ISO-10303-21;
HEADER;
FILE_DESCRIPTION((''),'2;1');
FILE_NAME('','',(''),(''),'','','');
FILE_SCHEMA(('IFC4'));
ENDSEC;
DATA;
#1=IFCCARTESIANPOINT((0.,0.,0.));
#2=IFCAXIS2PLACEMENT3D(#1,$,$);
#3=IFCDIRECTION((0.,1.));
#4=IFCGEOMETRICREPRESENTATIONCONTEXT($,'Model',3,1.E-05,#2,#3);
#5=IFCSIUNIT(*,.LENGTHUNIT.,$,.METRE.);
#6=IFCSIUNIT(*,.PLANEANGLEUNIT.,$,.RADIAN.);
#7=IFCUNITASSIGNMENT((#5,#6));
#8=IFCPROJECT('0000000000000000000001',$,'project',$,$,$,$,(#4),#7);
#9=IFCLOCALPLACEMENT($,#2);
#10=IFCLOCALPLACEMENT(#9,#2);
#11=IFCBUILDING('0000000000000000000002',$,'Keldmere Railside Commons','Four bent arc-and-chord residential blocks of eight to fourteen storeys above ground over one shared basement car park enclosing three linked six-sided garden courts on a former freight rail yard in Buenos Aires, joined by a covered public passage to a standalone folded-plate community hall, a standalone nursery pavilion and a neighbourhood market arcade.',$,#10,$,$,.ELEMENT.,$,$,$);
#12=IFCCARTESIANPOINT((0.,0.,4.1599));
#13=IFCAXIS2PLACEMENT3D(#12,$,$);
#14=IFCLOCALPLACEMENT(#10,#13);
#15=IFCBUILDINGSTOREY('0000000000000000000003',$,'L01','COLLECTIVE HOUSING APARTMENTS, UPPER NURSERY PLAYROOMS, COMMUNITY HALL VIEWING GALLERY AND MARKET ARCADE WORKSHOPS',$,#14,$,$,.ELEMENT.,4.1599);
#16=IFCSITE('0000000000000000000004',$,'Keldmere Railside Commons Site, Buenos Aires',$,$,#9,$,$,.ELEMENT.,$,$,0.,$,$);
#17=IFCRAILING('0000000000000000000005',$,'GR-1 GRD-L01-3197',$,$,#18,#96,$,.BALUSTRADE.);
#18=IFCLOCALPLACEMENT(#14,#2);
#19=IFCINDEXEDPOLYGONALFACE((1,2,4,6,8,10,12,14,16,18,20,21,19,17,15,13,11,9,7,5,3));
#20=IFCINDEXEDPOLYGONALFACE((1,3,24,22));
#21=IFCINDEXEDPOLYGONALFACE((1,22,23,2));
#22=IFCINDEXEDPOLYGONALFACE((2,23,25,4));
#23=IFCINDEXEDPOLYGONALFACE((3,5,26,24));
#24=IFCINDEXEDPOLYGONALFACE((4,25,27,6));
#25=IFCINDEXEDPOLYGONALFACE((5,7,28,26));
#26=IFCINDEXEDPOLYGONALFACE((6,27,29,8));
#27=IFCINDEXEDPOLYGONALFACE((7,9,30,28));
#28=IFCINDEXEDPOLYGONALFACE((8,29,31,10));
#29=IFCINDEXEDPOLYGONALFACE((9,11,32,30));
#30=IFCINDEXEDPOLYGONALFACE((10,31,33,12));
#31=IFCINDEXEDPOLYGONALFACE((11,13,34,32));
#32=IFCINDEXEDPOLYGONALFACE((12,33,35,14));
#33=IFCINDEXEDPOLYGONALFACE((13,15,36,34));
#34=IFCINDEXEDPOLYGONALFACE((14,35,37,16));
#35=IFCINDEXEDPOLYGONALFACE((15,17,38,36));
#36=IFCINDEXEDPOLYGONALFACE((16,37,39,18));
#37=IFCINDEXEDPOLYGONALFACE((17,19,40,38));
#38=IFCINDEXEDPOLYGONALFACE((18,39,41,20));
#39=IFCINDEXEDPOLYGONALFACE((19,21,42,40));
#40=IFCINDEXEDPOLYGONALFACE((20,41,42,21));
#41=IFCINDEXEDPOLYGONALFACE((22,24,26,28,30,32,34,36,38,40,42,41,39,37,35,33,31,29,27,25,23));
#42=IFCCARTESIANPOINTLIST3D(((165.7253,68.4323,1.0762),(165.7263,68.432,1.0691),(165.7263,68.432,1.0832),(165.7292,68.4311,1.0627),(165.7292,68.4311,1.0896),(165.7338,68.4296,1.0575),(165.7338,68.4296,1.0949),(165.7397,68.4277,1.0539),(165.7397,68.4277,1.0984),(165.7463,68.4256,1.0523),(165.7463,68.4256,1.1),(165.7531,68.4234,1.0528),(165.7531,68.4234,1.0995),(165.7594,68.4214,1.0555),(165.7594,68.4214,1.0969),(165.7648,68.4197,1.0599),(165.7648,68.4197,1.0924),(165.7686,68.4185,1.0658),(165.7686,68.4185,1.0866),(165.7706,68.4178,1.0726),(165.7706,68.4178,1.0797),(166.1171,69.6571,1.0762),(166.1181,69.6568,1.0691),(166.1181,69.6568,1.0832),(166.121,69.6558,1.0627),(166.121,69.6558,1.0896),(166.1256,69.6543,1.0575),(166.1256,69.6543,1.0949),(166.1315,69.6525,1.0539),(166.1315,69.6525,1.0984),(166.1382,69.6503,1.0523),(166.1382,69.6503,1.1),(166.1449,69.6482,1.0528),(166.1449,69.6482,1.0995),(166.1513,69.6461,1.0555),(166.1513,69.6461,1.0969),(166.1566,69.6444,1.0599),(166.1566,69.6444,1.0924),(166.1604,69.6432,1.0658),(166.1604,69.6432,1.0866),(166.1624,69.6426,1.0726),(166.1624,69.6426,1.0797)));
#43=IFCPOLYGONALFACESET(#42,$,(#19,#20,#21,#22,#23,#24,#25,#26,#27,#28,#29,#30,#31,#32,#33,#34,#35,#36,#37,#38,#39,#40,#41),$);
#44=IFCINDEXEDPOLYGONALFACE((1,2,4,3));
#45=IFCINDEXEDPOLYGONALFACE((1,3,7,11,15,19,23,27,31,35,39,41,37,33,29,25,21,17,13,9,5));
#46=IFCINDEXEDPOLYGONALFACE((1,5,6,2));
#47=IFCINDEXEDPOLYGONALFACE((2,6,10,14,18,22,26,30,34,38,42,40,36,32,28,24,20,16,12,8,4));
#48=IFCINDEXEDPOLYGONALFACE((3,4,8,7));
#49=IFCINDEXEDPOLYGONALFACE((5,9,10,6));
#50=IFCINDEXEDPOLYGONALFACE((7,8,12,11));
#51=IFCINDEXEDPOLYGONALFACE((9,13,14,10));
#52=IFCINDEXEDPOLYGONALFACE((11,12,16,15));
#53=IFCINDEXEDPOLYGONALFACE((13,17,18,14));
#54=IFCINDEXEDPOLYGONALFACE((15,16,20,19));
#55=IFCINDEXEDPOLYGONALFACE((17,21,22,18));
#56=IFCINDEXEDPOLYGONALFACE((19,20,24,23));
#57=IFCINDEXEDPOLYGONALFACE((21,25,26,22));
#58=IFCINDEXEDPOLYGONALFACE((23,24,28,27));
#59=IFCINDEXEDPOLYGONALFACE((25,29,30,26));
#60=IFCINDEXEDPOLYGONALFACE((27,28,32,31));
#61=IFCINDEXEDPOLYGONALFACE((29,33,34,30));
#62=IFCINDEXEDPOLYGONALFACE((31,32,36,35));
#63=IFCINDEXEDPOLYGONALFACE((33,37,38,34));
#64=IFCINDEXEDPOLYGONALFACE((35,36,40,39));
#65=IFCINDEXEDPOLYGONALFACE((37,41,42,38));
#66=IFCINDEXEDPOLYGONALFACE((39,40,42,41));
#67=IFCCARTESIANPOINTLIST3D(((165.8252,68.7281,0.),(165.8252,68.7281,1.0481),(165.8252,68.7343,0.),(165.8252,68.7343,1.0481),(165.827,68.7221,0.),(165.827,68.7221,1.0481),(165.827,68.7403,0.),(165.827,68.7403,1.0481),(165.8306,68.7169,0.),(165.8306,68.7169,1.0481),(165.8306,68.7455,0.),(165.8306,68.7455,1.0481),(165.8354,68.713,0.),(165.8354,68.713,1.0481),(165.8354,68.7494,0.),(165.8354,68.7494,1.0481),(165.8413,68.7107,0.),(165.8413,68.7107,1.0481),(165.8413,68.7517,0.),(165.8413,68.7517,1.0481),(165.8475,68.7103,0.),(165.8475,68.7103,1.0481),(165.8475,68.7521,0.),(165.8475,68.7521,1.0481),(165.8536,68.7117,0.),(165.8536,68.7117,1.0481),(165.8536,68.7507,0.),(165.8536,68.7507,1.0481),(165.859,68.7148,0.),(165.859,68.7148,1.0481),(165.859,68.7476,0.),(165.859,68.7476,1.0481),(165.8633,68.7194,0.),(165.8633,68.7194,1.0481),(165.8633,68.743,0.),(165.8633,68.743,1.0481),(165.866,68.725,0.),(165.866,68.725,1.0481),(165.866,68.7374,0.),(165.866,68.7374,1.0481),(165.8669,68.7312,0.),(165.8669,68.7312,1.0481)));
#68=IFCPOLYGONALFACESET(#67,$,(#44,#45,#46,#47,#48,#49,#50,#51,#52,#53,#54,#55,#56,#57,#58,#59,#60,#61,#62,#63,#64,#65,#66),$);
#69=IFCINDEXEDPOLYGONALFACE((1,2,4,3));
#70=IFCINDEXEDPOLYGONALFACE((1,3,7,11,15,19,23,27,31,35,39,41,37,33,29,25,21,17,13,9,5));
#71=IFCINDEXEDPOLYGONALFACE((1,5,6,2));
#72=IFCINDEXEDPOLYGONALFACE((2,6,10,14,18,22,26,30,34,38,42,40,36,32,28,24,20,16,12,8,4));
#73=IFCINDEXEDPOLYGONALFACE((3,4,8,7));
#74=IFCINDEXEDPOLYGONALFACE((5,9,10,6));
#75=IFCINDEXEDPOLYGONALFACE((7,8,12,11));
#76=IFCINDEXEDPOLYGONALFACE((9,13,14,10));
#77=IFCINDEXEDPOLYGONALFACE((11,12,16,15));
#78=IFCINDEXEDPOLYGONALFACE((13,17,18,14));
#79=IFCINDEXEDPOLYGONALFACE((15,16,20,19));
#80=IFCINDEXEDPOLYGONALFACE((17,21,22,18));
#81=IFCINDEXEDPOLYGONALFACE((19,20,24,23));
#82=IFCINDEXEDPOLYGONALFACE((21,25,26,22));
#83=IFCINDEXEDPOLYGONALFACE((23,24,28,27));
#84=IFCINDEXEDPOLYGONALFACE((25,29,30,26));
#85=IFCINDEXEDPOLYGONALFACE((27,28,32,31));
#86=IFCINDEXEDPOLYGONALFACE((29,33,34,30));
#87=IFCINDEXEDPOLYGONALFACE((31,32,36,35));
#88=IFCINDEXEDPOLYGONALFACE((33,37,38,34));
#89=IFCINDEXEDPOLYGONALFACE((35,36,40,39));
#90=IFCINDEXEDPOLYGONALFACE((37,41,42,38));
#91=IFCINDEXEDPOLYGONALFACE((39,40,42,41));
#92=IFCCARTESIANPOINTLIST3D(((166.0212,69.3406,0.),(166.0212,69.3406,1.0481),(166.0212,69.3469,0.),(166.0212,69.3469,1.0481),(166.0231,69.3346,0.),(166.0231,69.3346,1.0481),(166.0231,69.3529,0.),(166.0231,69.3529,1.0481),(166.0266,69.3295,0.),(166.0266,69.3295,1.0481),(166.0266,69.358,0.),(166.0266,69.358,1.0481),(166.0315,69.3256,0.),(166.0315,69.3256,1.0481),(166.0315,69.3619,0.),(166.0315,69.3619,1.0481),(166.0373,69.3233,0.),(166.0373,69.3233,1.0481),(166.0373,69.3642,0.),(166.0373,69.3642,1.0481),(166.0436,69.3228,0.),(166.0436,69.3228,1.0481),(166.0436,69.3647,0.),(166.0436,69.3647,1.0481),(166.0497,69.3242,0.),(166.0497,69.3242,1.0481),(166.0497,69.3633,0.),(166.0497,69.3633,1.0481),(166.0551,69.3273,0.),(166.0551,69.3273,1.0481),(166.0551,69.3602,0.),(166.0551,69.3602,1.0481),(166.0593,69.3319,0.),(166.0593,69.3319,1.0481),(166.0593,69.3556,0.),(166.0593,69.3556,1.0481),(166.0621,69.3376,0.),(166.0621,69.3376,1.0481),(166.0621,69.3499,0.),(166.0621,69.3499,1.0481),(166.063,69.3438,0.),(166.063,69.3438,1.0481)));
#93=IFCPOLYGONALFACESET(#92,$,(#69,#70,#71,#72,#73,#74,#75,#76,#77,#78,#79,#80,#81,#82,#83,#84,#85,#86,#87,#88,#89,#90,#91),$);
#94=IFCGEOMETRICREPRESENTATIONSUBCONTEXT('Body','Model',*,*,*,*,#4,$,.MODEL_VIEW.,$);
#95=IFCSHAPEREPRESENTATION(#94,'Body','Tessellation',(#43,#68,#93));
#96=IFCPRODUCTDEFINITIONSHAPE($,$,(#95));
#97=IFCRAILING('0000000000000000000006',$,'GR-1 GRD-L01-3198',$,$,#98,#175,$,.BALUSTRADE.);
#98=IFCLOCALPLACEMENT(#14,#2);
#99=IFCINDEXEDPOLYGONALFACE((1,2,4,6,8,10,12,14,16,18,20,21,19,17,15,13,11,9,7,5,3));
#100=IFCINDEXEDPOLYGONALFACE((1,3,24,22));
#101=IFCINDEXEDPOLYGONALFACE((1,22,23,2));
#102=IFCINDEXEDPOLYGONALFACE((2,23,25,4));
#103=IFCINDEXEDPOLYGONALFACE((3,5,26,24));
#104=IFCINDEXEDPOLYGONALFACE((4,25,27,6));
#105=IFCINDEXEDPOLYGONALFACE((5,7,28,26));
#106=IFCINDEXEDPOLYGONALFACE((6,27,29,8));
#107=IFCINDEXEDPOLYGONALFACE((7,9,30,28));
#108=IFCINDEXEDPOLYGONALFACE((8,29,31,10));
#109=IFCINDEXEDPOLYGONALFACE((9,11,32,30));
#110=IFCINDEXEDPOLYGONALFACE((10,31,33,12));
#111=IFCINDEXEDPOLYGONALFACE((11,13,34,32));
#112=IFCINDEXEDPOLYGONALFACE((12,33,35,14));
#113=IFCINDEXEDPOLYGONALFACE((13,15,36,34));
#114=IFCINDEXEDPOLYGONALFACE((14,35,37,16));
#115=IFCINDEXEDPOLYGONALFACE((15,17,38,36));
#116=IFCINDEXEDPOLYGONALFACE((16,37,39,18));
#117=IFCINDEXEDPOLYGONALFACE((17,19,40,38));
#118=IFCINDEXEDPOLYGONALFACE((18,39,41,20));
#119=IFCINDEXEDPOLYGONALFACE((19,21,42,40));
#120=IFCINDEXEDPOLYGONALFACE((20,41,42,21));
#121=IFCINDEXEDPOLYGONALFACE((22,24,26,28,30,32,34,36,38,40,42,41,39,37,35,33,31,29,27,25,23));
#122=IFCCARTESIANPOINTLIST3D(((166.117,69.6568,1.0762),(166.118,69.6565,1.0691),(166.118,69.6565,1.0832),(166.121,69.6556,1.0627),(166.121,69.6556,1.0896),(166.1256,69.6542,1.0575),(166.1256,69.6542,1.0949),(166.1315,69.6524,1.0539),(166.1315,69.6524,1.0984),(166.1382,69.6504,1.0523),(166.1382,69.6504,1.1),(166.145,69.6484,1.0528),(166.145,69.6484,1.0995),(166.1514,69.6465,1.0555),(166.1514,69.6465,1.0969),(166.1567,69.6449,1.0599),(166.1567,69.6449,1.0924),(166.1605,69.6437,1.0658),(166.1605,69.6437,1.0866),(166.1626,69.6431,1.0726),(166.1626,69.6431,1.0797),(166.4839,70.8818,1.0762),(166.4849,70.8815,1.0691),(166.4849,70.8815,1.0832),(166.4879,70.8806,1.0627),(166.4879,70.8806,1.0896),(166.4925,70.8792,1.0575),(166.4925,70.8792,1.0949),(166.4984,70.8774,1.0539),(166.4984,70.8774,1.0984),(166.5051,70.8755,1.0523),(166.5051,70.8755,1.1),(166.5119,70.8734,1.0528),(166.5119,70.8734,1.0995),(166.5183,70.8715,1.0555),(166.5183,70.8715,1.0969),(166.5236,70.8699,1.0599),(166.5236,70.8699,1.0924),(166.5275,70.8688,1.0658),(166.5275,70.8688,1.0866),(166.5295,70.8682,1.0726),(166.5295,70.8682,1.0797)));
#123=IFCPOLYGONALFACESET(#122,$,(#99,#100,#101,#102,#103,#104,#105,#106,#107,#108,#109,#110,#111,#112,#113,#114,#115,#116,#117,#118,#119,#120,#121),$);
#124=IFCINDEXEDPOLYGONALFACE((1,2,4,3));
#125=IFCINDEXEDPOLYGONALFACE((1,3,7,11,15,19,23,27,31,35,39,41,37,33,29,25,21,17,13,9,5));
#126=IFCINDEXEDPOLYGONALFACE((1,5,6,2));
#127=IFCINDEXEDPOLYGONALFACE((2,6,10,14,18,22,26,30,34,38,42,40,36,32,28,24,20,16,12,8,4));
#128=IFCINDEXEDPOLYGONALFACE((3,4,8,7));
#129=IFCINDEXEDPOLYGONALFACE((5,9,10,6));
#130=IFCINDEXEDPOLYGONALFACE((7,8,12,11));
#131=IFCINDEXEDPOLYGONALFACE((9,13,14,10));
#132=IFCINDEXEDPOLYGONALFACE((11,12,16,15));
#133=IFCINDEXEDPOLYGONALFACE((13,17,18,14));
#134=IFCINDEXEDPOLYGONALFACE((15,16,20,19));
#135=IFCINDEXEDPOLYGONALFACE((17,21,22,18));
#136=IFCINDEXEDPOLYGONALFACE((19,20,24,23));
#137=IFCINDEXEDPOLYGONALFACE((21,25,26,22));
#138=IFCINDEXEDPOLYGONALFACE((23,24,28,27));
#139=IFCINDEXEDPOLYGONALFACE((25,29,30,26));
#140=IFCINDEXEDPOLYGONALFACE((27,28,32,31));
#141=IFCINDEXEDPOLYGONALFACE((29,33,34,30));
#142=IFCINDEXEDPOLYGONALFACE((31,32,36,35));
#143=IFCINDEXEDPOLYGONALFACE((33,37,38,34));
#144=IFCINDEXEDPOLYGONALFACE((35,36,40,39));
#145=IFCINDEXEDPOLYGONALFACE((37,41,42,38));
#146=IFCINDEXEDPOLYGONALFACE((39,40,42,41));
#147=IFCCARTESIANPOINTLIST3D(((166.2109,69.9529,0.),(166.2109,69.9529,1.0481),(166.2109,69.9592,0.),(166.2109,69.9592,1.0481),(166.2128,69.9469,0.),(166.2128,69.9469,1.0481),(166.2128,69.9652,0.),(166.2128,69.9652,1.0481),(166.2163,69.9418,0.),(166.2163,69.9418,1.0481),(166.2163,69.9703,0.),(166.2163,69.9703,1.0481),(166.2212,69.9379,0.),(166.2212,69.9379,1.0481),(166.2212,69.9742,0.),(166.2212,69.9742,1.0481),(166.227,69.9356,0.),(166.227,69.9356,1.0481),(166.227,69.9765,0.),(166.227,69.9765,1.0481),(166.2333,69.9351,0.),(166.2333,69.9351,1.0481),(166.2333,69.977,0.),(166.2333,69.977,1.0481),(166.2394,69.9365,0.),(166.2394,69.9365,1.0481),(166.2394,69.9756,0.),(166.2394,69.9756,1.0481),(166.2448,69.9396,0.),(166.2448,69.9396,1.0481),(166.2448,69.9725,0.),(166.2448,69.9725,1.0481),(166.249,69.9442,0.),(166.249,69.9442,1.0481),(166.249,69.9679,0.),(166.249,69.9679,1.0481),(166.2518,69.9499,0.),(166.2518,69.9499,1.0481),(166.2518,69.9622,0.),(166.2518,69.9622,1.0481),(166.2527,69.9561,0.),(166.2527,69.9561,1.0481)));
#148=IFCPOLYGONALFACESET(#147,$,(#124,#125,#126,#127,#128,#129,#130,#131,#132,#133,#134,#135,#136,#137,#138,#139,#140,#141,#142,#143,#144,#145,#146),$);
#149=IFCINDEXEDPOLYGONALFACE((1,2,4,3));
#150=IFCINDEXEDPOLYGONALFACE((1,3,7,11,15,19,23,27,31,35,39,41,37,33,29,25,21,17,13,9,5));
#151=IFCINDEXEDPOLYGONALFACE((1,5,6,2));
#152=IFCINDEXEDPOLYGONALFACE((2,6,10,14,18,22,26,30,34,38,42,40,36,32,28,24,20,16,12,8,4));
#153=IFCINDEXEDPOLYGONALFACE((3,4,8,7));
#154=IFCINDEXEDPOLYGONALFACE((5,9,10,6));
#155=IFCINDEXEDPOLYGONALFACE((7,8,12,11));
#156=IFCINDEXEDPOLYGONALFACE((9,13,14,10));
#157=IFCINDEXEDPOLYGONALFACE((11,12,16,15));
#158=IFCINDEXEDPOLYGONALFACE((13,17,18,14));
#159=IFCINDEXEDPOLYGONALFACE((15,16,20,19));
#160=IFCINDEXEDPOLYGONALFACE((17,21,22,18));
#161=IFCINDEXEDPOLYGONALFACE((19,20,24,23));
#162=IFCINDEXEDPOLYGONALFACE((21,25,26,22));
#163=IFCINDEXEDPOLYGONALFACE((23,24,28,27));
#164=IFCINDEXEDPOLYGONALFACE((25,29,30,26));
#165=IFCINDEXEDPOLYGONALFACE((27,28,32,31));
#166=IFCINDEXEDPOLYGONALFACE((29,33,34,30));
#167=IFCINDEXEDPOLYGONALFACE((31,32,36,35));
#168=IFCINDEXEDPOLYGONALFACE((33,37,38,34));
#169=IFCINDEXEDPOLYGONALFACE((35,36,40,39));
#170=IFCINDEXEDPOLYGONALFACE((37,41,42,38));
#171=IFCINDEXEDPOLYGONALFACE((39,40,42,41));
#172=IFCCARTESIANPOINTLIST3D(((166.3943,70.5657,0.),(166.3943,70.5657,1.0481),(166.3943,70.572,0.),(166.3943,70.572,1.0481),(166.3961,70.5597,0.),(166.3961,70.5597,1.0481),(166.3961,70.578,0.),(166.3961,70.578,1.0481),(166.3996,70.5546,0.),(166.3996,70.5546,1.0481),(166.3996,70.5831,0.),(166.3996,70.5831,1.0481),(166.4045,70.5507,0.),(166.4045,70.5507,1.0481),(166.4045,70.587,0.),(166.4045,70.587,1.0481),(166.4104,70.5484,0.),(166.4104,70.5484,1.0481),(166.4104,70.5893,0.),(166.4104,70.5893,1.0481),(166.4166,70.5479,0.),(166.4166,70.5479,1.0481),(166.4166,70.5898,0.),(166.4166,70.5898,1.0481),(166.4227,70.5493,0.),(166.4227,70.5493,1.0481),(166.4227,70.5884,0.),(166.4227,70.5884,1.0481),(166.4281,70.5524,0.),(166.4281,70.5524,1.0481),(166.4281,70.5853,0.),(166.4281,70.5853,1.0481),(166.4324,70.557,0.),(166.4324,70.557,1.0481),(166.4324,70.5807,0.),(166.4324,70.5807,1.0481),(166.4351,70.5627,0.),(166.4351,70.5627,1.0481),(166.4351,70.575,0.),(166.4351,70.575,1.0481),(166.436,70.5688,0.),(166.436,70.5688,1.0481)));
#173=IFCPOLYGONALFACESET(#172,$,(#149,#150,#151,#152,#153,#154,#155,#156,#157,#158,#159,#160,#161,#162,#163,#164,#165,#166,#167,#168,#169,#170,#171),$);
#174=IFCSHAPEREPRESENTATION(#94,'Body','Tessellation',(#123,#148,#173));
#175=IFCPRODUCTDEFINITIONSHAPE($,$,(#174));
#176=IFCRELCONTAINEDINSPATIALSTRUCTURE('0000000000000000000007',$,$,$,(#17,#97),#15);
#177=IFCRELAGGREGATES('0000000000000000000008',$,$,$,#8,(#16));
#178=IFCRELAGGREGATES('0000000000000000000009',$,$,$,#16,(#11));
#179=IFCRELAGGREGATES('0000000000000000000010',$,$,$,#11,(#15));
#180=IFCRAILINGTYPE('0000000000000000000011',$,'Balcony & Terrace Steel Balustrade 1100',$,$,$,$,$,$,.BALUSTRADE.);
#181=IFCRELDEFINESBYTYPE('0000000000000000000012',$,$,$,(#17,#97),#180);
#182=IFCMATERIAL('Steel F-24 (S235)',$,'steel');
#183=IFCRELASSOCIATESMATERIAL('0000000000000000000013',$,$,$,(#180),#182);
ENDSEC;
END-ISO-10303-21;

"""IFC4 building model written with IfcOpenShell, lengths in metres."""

from ifc_helpers import new_model, si_unit, direction, frame, origin, origin_2d, place, context, subcontext, project, spatial, circle, extrude, material, type_object, element, save


model = new_model("IFC4")

# Units and contexts
model_context = context("Model", 3, precision=1e-05, world=origin(), true_north=direction((0.0, 1.0)))
body_context = subcontext(model_context, "Body", "Model", "MODEL_VIEW")
ifc_project = project(units=[si_unit("LENGTHUNIT", "METRE"), si_unit("PLANEANGLEUNIT", "RADIAN")], contexts=[model_context])

# Site, building, storey
site_placement = place(None, origin())
site = spatial("IfcSite", under=ifc_project, at=site_placement, Name="Keldmere Railside Commons Site, Buenos Aires", CompositionType="ELEMENT", RefElevation=0.0)
building_placement = place(site_placement, origin())
building = spatial("IfcBuilding", under=site, at=building_placement, Name="Keldmere Railside Commons", Description="Four bent arc-and-chord residential blocks of eight to fourteen storeys above ground over one shared basement car park enclosing three linked six-sided garden courts on a former freight rail yard in Buenos Aires, joined by a covered public passage to a standalone folded-plate community hall, a standalone nursery pavilion and a neighbourhood market arcade.", CompositionType="ELEMENT")
storey_placement = place(building_placement, frame((0.0, 0.0, 4.1599)))
storey = spatial("IfcBuildingStorey", under=building, at=storey_placement, Name="L01", Description="COLLECTIVE HOUSING APARTMENTS, UPPER NURSERY PLAYROOMS, COMMUNITY HALL VIEWING GALLERY AND MARKET ARCADE WORKSHOPS", CompositionType="ELEMENT", Elevation=4.1599)

# Shared definitions
ifc_material_1 = material(Name="Steel F-24 (S235)", Category="steel")

# Railings
railing_type = type_object("IfcRailingType", Name="Balcony & Terrace Steel Balustrade 1100", PredefinedType="BALUSTRADE", material=ifc_material_1)
railing_1_placement = place(storey_placement, frame((165.748, 68.425, 0.0)))
element("IfcRailing", 1, at=railing_1_placement, inside=storey, type_object=railing_type, Name="GR-1 GRD-L01-3197", PredefinedType="BALUSTRADE", context=body_context, shape_type="SweptSolid", body=[
    extrude(circle(Radius=0.0239, at=origin_2d()), frame((0.0, 0.0, 1.0762), z_axis=(0.3047, 0.952448, 0.0), x_axis=(-0.952448, 0.3047, 0.0)), (0.0, 0.0, 1.0), 1.2859),
    extrude(circle(Radius=0.021, at=origin_2d()), frame((0.0979, 0.3062, 0.0)), (0.0, 0.0, 1.0), 1.0481),
    extrude(circle(Radius=0.021, at=origin_2d()), frame((0.2939, 0.9187, 0.0)), (0.0, 0.0, 1.0), 1.0481),
])
railing_2_placement = place(storey_placement, frame((166.1399, 69.6499, 0.0)))
element("IfcRailing", 2, at=railing_2_placement, inside=storey, type_object=railing_type, Name="GR-1 GRD-L01-3198", PredefinedType="BALUSTRADE", context=body_context, shape_type="SweptSolid", body=[
    extrude(circle(Radius=0.0239, at=origin_2d()), frame((0.0, 0.0, 1.0762), z_axis=(0.286928, 0.957952, 0.0), x_axis=(-0.957952, 0.286928, 0.0)), (0.0, 0.0, 1.0), 1.2788),
    extrude(circle(Radius=0.021, at=origin_2d()), frame((0.0918, 0.3062, 0.0)), (0.0, 0.0, 1.0), 1.0481),
    extrude(circle(Radius=0.021, at=origin_2d()), frame((0.2751, 0.9189, 0.0)), (0.0, 0.0, 1.0), 1.0481),
])

save(model, "model.ifc")
